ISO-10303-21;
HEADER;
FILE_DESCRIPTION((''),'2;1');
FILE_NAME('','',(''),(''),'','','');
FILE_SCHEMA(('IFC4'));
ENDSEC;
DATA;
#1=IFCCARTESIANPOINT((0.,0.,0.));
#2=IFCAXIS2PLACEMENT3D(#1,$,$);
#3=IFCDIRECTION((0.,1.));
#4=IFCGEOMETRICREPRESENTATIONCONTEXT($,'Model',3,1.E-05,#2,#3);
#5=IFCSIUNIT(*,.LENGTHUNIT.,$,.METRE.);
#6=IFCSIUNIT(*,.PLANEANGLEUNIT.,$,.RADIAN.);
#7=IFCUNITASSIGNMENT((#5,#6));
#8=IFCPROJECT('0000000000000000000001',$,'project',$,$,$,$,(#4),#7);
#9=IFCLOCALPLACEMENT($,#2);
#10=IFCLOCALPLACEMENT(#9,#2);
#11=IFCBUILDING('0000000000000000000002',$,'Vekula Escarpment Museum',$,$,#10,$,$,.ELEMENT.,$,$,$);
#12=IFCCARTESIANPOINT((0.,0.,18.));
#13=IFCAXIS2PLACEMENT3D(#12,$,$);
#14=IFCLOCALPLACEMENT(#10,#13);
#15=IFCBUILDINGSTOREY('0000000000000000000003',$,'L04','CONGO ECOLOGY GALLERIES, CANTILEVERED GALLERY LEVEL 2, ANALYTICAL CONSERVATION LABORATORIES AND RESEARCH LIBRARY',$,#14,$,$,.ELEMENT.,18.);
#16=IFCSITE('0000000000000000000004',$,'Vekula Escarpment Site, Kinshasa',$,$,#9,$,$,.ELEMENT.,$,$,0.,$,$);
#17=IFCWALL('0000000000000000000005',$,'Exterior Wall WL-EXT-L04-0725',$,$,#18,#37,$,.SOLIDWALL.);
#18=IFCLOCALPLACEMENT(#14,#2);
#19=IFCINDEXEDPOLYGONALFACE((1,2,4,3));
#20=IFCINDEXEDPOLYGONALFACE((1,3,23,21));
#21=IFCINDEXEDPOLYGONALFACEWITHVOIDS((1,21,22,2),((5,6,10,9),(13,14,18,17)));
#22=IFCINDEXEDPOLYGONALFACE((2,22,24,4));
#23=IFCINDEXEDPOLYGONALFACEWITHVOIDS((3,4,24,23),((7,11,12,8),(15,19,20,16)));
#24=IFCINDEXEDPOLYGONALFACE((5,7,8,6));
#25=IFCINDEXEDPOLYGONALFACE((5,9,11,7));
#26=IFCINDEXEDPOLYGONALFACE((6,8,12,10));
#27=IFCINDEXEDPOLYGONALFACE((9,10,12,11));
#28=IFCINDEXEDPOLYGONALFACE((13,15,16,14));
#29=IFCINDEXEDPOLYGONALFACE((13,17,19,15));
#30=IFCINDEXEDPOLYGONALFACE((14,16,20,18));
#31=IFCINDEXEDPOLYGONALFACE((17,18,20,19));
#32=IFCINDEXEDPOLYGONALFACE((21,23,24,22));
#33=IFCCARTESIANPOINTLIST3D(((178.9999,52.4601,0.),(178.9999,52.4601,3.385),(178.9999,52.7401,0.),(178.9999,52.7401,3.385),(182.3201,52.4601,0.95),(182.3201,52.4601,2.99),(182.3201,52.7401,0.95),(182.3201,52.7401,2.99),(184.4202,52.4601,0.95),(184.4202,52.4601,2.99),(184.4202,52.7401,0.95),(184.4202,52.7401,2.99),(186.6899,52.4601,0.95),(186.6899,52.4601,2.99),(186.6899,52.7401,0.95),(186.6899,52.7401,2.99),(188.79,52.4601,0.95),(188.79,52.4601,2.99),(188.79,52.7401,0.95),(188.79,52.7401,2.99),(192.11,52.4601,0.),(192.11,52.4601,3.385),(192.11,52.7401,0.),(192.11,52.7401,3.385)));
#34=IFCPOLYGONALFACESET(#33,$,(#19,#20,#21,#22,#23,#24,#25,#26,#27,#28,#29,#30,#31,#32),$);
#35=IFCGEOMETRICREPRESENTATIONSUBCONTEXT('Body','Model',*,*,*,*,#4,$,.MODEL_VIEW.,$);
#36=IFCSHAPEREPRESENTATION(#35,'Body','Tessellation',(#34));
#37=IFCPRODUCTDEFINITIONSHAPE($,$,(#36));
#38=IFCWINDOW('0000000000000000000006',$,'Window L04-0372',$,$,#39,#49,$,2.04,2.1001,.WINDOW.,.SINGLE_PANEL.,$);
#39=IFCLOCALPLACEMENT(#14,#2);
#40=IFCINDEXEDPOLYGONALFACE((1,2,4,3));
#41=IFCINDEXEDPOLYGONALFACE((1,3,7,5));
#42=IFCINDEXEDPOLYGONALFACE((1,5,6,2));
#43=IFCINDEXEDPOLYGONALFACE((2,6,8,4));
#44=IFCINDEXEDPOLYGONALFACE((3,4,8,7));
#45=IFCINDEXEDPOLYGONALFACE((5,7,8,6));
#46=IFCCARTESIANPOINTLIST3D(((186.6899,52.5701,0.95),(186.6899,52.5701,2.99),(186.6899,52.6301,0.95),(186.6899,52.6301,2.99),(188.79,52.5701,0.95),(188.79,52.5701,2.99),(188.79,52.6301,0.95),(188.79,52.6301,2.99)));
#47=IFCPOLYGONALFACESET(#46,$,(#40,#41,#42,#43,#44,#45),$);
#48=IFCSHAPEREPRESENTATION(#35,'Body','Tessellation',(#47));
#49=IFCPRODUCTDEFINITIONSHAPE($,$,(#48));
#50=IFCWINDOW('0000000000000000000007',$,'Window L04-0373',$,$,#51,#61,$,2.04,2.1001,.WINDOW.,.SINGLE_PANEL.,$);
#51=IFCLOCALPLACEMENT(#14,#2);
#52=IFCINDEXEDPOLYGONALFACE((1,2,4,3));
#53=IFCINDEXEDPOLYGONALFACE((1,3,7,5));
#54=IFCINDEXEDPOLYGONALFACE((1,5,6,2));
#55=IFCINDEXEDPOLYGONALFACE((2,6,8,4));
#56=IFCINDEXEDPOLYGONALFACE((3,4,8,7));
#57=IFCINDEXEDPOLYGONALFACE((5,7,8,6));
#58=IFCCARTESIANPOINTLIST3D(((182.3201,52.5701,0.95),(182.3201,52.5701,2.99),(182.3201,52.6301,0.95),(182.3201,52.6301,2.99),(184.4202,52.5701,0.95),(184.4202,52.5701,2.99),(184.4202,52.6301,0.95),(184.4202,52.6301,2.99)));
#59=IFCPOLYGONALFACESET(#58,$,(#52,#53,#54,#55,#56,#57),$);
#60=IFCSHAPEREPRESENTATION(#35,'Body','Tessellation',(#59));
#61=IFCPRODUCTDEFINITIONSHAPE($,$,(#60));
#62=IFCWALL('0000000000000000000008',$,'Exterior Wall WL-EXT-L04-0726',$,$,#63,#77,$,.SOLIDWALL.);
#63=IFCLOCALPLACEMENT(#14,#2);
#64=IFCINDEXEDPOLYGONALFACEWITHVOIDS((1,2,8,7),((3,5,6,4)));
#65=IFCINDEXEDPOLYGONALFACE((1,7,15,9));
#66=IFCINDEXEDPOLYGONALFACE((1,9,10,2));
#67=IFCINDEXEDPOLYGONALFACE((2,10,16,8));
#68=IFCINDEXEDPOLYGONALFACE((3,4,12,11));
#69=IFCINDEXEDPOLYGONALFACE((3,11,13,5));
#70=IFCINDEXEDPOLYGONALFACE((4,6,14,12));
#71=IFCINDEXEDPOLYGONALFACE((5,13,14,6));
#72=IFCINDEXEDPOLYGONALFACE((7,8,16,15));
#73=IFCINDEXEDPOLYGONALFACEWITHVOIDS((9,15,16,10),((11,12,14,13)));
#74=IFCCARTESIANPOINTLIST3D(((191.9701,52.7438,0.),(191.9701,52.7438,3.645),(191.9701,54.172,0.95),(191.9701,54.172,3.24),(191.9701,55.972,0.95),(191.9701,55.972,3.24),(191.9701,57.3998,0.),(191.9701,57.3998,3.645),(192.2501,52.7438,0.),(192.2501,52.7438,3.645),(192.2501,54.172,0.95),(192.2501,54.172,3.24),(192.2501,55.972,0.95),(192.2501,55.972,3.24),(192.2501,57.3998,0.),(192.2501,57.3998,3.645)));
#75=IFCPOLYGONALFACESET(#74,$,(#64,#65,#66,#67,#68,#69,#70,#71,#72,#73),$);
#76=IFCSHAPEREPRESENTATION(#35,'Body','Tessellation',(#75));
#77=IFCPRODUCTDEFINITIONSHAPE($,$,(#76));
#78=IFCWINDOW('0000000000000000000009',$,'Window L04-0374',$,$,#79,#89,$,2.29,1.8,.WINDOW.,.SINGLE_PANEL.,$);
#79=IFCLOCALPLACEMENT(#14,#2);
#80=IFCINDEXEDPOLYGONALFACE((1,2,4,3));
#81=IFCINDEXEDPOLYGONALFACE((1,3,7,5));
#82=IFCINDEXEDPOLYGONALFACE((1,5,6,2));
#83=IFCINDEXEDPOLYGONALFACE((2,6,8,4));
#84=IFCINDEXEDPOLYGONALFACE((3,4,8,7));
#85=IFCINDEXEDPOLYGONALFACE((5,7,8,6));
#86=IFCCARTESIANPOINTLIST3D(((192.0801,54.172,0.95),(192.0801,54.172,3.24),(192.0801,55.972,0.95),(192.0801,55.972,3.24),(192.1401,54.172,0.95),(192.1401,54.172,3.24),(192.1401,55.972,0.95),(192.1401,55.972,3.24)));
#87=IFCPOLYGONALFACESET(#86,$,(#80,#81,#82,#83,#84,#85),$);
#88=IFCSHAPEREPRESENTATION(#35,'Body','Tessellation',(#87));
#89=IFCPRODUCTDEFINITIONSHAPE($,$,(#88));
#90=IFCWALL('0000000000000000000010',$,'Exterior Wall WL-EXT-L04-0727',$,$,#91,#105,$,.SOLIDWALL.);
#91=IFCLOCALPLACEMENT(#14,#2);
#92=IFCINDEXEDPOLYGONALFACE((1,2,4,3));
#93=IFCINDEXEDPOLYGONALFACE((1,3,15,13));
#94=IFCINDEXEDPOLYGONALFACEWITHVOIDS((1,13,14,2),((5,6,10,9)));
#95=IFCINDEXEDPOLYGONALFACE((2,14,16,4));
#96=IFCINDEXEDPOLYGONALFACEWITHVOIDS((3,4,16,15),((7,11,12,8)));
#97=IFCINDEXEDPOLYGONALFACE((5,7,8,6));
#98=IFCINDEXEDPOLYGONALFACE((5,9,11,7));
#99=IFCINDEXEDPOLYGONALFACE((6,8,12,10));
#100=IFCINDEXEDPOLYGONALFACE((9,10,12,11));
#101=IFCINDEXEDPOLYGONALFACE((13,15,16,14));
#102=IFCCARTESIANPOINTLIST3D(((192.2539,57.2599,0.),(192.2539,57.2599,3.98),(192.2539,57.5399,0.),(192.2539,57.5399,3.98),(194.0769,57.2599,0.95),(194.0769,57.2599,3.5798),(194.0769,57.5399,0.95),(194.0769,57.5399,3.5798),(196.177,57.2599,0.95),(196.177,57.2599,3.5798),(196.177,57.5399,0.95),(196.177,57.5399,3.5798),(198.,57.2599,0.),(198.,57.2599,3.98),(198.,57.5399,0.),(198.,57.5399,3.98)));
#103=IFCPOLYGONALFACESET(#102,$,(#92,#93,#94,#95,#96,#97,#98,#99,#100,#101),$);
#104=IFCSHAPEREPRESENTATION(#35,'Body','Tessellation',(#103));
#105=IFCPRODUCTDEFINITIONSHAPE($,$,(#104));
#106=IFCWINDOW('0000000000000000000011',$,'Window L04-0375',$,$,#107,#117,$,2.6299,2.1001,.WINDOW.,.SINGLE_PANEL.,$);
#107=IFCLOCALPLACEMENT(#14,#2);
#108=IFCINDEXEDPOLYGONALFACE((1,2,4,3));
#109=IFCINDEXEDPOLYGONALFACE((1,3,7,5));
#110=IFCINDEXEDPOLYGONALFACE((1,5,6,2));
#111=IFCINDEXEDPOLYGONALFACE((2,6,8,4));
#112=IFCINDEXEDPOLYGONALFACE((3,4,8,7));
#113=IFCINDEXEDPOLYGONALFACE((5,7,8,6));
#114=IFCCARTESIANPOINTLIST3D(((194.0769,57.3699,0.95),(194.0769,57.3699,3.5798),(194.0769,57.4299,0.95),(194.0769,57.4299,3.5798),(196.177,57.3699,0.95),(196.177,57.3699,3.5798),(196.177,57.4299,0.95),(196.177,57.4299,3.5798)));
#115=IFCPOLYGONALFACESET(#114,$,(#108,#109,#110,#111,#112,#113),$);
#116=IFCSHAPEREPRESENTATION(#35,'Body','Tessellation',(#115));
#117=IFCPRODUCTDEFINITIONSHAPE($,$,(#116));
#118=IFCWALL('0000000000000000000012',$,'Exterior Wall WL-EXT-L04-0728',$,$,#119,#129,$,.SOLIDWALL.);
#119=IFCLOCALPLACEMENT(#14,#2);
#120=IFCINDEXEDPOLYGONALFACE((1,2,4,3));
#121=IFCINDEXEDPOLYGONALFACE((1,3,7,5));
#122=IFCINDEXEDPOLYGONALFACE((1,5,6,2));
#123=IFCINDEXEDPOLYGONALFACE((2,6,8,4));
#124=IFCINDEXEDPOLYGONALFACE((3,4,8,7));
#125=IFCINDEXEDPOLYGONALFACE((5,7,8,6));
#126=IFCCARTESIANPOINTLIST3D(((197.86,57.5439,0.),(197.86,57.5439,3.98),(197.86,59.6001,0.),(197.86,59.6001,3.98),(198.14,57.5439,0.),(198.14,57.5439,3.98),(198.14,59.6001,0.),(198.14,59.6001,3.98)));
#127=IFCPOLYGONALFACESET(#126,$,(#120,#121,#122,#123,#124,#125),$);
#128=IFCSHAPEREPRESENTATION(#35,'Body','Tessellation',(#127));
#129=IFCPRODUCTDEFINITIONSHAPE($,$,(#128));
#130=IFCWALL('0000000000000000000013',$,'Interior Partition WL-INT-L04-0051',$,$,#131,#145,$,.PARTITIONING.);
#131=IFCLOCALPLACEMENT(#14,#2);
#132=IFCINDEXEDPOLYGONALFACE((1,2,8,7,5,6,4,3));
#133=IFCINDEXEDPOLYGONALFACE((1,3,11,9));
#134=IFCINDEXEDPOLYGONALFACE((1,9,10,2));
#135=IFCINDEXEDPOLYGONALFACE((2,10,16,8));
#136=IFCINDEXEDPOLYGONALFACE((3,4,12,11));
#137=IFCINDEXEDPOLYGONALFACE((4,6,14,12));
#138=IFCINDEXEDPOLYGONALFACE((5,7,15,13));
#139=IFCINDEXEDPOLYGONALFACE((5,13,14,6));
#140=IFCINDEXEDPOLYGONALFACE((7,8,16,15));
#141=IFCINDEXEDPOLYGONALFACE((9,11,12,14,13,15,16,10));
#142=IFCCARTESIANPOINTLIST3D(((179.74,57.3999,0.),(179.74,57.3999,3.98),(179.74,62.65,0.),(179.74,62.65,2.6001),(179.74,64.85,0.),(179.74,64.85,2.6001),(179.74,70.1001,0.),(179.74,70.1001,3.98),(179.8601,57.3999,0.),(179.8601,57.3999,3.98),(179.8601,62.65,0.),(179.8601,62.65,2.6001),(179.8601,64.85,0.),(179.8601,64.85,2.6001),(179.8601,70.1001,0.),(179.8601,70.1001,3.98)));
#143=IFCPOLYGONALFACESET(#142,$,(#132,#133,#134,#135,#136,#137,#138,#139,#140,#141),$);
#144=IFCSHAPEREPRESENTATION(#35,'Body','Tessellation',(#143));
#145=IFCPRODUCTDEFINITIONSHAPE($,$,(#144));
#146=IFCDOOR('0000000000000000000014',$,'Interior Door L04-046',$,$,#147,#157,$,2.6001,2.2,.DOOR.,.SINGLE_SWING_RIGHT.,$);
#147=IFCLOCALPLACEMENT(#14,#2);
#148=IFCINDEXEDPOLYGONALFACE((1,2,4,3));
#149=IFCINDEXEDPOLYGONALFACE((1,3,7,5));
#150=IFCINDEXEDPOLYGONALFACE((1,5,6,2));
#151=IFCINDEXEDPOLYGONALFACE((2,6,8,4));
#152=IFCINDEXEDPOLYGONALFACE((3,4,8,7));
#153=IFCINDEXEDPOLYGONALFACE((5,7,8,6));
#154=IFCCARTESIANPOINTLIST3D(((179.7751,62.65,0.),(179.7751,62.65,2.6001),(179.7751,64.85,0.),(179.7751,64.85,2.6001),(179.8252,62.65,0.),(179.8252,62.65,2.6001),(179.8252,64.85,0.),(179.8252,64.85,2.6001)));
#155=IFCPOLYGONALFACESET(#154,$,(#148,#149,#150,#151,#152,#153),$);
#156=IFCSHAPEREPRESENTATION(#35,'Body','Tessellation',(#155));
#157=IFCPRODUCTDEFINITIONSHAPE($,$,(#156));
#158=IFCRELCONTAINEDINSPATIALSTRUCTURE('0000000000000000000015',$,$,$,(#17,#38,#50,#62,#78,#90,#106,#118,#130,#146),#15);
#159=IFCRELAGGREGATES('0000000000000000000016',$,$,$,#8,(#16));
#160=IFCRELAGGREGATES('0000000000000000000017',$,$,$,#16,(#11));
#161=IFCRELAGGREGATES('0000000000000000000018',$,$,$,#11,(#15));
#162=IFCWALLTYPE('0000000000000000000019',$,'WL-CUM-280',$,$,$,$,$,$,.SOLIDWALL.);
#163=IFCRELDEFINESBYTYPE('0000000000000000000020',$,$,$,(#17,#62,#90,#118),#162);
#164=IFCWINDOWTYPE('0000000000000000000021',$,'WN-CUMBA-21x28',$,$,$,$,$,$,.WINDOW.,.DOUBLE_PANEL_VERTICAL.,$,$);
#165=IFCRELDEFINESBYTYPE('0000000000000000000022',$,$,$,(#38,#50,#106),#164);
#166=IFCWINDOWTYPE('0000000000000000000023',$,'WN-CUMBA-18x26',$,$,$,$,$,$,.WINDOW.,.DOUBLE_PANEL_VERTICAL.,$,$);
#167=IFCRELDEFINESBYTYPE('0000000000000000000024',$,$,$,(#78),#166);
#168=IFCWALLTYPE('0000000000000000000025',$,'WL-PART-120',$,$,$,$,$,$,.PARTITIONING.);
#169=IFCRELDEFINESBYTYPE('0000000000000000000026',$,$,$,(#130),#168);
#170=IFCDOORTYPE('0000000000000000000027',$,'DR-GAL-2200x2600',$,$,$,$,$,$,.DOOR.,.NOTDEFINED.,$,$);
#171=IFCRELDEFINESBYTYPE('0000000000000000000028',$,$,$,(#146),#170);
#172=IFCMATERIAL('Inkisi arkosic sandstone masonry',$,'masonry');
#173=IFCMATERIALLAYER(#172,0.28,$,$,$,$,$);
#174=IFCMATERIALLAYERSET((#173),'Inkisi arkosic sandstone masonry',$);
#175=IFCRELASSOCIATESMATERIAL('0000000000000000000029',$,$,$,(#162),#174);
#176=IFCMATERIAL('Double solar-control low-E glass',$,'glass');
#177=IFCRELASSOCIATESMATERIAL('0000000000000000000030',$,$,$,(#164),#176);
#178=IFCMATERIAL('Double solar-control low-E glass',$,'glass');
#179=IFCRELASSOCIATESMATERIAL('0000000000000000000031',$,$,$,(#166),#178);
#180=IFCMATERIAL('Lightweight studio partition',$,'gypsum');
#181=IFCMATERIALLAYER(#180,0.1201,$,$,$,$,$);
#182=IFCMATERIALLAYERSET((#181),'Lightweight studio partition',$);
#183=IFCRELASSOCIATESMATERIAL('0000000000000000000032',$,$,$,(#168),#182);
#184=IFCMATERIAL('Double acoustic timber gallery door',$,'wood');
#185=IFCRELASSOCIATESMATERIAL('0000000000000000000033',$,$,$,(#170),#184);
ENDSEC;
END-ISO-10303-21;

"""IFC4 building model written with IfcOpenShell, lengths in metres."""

from ifc_helpers import new_model, si_unit, direction, frame, frame_2d, origin, place, context, subcontext, project, spatial, rectangle, extrude, material, layer, layer_set, type_object, element, fill, save


model = new_model("IFC4")

# Units and contexts
model_context = context("Model", 3, precision=1e-05, world=origin(), true_north=direction((0.0, 1.0)))
body_context = subcontext(model_context, "Body", "Model", "MODEL_VIEW")
ifc_project = project(units=[si_unit("LENGTHUNIT", "METRE"), si_unit("PLANEANGLEUNIT", "RADIAN")], contexts=[model_context])

# Site, building, storey
site_placement = place(None, origin())
site = spatial("IfcSite", under=ifc_project, at=site_placement, Name="Vekula Escarpment Site, Kinshasa", CompositionType="ELEMENT", RefElevation=0.0)
building_placement = place(site_placement, origin())
building = spatial("IfcBuilding", under=site, at=building_placement, Name="Vekula Escarpment Museum", CompositionType="ELEMENT")
storey_placement = place(building_placement, frame((0.0, 0.0, 18.0)))
storey = spatial("IfcBuildingStorey", under=building, at=storey_placement, Name="L04", Description="CONGO ECOLOGY GALLERIES, CANTILEVERED GALLERY LEVEL 2, ANALYTICAL CONSERVATION LABORATORIES AND RESEARCH LIBRARY", CompositionType="ELEMENT", Elevation=18.0)

# Wall, openings, windows
ifc_material_1 = material(Name="Inkisi arkosic sandstone masonry", Category="masonry")
ifc_layer_1 = layer(ifc_material_1, 0.28)
ifc_layer_set_1 = layer_set([ifc_layer_1], Name="Inkisi arkosic sandstone masonry")
wall_type_1 = type_object("IfcWallType", Name="WL-CUM-280", PredefinedType="SOLIDWALL", material=ifc_layer_set_1)
wall_1_placement = place(storey_placement, frame((192.1101, 52.6001, 0.0), z_axis=(0.0, 0.0, 1.0), x_axis=(-1.0, 0.0, 0.0)))
wall_1 = element("IfcWall", 1, at=wall_1_placement, inside=storey, type_object=wall_type_1, Name="Exterior Wall WL-EXT-L04-0725", PredefinedType="SOLIDWALL", context=body_context, shape_type="SweptSolid", body=[
    extrude(rectangle(XDim=13.1101, YDim=0.28, at=frame_2d((6.5552, 0.0))), origin(), (0.0, 0.0, 1.0), 3.385),
])
opening_1_placement = place(wall_1_placement, frame((3.3201, 0.0, 0.95)))
opening_1 = element("IfcOpeningElement", 2, at=opening_1_placement, cuts=wall_1, PredefinedType="OPENING", context=body_context, shape_type="SweptSolid", body=[
    extrude(rectangle(XDim=2.1001, YDim=2.04, at=frame_2d((1.05, 1.02))), frame((0.0, 0.1499, 0.0), z_axis=(0.0, -1.0, 0.0), x_axis=(1.0, 0.0, 0.0)), (0.0, 0.0, 1.0), 0.3),
])
opening_2_placement = place(wall_1_placement, frame((7.6899, 0.0, 0.95)))
opening_2 = element("IfcOpeningElement", 3, at=opening_2_placement, cuts=wall_1, PredefinedType="OPENING", context=body_context, shape_type="SweptSolid", body=[
    extrude(rectangle(XDim=2.1001, YDim=2.04, at=frame_2d((1.05, 1.02))), frame((0.0, 0.1499, 0.0), z_axis=(0.0, -1.0, 0.0), x_axis=(1.0, 0.0, 0.0)), (0.0, 0.0, 1.0), 0.3),
])
ifc_material_2 = material(Name="Double solar-control low-E glass", Category="glass")
window_type_1 = type_object("IfcWindowType", Name="WN-CUMBA-21x28", PartitioningType="DOUBLE_PANEL_VERTICAL", PredefinedType="WINDOW", material=ifc_material_2)
window_1_placement = place(opening_1_placement, origin())
window_1 = element("IfcWindow", 4, at=window_1_placement, inside=storey, type_object=window_type_1, Name="Window L04-0372", OverallHeight=2.04, OverallWidth=2.1001, PartitioningType="SINGLE_PANEL", PredefinedType="WINDOW", context=body_context, shape_type="SweptSolid", body=[
    extrude(rectangle(XDim=2.1001, YDim=2.04, at=frame_2d((1.05, 1.02))), frame((0.0, 0.03, 0.0), z_axis=(0.0, -1.0, 0.0), x_axis=(1.0, 0.0, 0.0)), (0.0, 0.0, 1.0), 0.0601),
])
fill(opening_1, window_1)
window_2_placement = place(opening_2_placement, origin())
window_2 = element("IfcWindow", 5, at=window_2_placement, inside=storey, type_object=window_type_1, Name="Window L04-0373", OverallHeight=2.04, OverallWidth=2.1001, PartitioningType="SINGLE_PANEL", PredefinedType="WINDOW", context=body_context, shape_type="SweptSolid", body=[
    extrude(rectangle(XDim=2.1001, YDim=2.04, at=frame_2d((1.05, 1.02))), frame((0.0, 0.03, 0.0), z_axis=(0.0, -1.0, 0.0), x_axis=(1.0, 0.0, 0.0)), (0.0, 0.0, 1.0), 0.0601),
])
fill(opening_2, window_2)

# Walls, openings, windows
wall_2_placement = place(storey_placement, frame((192.1101, 57.3999, 0.0), z_axis=(0.0, 0.0, 1.0), x_axis=(0.0, -1.0, 0.0)))
wall_2 = element("IfcWall", 6, at=wall_2_placement, inside=storey, type_object=wall_type_1, Name="Exterior Wall WL-EXT-L04-0726", PredefinedType="SOLIDWALL", context=body_context, shape_type="SweptSolid", body=[
    extrude(rectangle(XDim=4.656, YDim=0.28, at=frame_2d((2.3281, 0.0))), origin(), (0.0, 0.0, 1.0), 3.645),
])
opening_3_placement = place(wall_2_placement, frame((1.428, 0.0, 0.95)))
opening_3 = element("IfcOpeningElement", 7, at=opening_3_placement, cuts=wall_2, PredefinedType="OPENING", context=body_context, shape_type="SweptSolid", body=[
    extrude(rectangle(XDim=1.8, YDim=2.29, at=frame_2d((0.8999, 1.145))), frame((0.0, 0.1499, 0.0), z_axis=(0.0, -1.0, 0.0), x_axis=(1.0, 0.0, 0.0)), (0.0, 0.0, 1.0), 0.3),
])
ifc_material_3 = material(Name="Double solar-control low-E glass", Category="glass")
window_type_2 = type_object("IfcWindowType", Name="WN-CUMBA-18x26", PartitioningType="DOUBLE_PANEL_VERTICAL", PredefinedType="WINDOW", material=ifc_material_3)
window_3_placement = place(opening_3_placement, origin())
window_3 = element("IfcWindow", 8, at=window_3_placement, inside=storey, type_object=window_type_2, Name="Window L04-0374", OverallHeight=2.29, OverallWidth=1.8, PartitioningType="SINGLE_PANEL", PredefinedType="WINDOW", context=body_context, shape_type="SweptSolid", body=[
    extrude(rectangle(XDim=1.8, YDim=2.29, at=frame_2d((0.8999, 1.145))), frame((0.0, 0.03, 0.0), z_axis=(0.0, -1.0, 0.0), x_axis=(1.0, 0.0, 0.0)), (0.0, 0.0, 1.0), 0.0601),
])
fill(opening_3, window_3)
wall_3_placement = place(storey_placement, frame((198.0, 57.3999, 0.0), z_axis=(0.0, 0.0, 1.0), x_axis=(-1.0, 0.0, 0.0)))
wall_3 = element("IfcWall", 9, at=wall_3_placement, inside=storey, type_object=wall_type_1, Name="Exterior Wall WL-EXT-L04-0727", PredefinedType="SOLIDWALL", context=body_context, shape_type="SweptSolid", body=[
    extrude(rectangle(XDim=5.7461, YDim=0.28, at=frame_2d((2.873, 0.0))), origin(), (0.0, 0.0, 1.0), 3.98),
])
opening_4_placement = place(wall_3_placement, frame((1.823, 0.0, 0.95)))
opening_4 = element("IfcOpeningElement", 10, at=opening_4_placement, cuts=wall_3, PredefinedType="OPENING", context=body_context, shape_type="SweptSolid", body=[
    extrude(rectangle(XDim=2.1001, YDim=2.6299, at=frame_2d((1.05, 1.3149))), frame((0.0, 0.1499, 0.0), z_axis=(0.0, -1.0, 0.0), x_axis=(1.0, 0.0, 0.0)), (0.0, 0.0, 1.0), 0.3),
])
window_4_placement = place(opening_4_placement, origin())
window_4 = element("IfcWindow", 11, at=window_4_placement, inside=storey, type_object=window_type_1, Name="Window L04-0375", OverallHeight=2.6299, OverallWidth=2.1001, PartitioningType="SINGLE_PANEL", PredefinedType="WINDOW", context=body_context, shape_type="SweptSolid", body=[
    extrude(rectangle(XDim=2.1001, YDim=2.6299, at=frame_2d((1.05, 1.3149))), frame((0.0, 0.03, 0.0), z_axis=(0.0, -1.0, 0.0), x_axis=(1.0, 0.0, 0.0)), (0.0, 0.0, 1.0), 0.0601),
])
fill(opening_4, window_4)

# Wall
wall_4_placement = place(storey_placement, frame((198.0, 59.6001, 0.0), z_axis=(0.0, 0.0, 1.0), x_axis=(0.0, -1.0, 0.0)))
element("IfcWall", 12, at=wall_4_placement, inside=storey, type_object=wall_type_1, Name="Exterior Wall WL-EXT-L04-0728", PredefinedType="SOLIDWALL", context=body_context, shape_type="SweptSolid", body=[
    extrude(rectangle(XDim=2.0562, YDim=0.28, at=frame_2d((1.0281, 0.0))), origin(), (0.0, 0.0, 1.0), 3.98),
])

# Wall, opening, door
ifc_material_4 = material(Name="Lightweight studio partition", Category="gypsum")
ifc_layer_2 = layer(ifc_material_4, 0.1201)
ifc_layer_set_2 = layer_set([ifc_layer_2], Name="Lightweight studio partition")
wall_type_2 = type_object("IfcWallType", Name="WL-PART-120", PredefinedType="PARTITIONING", material=ifc_layer_set_2)
wall_5_placement = place(storey_placement, frame((179.8, 57.3999, 0.0), z_axis=(0.0, 0.0, 1.0), x_axis=(0.0, 1.0, 0.0)))
wall_5 = element("IfcWall", 13, at=wall_5_placement, inside=storey, type_object=wall_type_2, Name="Interior Partition WL-INT-L04-0051", PredefinedType="PARTITIONING", context=body_context, shape_type="SweptSolid", body=[
    extrude(rectangle(XDim=12.7002, YDim=0.1201, at=frame_2d((6.3501, 0.0))), origin(), (0.0, 0.0, 1.0), 3.98),
])
opening_5_placement = place(wall_5_placement, frame((5.25, 0.0, 0.0)))
opening_5 = element("IfcOpeningElement", 14, at=opening_5_placement, cuts=wall_5, PredefinedType="OPENING", context=body_context, shape_type="SweptSolid", body=[
    extrude(rectangle(XDim=2.2, YDim=2.6001, at=frame_2d((1.1001, 1.3))), frame((0.0, 0.0701, 0.0), z_axis=(0.0, -1.0, 0.0), x_axis=(1.0, 0.0, 0.0)), (0.0, 0.0, 1.0), 0.1401),
])
ifc_material_5 = material(Name="Double acoustic timber gallery door", Category="wood")
door_type = type_object("IfcDoorType", Name="DR-GAL-2200x2600", OperationType="NOTDEFINED", PredefinedType="DOOR", material=ifc_material_5)
door_placement = place(opening_5_placement, origin())
door = element("IfcDoor", 15, at=door_placement, inside=storey, type_object=door_type, Name="Interior Door L04-046", OperationType="SINGLE_SWING_RIGHT", OverallHeight=2.6001, OverallWidth=2.2, PredefinedType="DOOR", context=body_context, shape_type="SweptSolid", body=[
    extrude(rectangle(XDim=2.2, YDim=2.6001, at=frame_2d((1.1001, 1.3))), frame((0.0, 0.0249, 0.0), z_axis=(0.0, -1.0, 0.0), x_axis=(1.0, 0.0, 0.0)), (0.0, 0.0, 1.0), 0.05),
])
fill(opening_5, door)

save(model, "model.ifc")
